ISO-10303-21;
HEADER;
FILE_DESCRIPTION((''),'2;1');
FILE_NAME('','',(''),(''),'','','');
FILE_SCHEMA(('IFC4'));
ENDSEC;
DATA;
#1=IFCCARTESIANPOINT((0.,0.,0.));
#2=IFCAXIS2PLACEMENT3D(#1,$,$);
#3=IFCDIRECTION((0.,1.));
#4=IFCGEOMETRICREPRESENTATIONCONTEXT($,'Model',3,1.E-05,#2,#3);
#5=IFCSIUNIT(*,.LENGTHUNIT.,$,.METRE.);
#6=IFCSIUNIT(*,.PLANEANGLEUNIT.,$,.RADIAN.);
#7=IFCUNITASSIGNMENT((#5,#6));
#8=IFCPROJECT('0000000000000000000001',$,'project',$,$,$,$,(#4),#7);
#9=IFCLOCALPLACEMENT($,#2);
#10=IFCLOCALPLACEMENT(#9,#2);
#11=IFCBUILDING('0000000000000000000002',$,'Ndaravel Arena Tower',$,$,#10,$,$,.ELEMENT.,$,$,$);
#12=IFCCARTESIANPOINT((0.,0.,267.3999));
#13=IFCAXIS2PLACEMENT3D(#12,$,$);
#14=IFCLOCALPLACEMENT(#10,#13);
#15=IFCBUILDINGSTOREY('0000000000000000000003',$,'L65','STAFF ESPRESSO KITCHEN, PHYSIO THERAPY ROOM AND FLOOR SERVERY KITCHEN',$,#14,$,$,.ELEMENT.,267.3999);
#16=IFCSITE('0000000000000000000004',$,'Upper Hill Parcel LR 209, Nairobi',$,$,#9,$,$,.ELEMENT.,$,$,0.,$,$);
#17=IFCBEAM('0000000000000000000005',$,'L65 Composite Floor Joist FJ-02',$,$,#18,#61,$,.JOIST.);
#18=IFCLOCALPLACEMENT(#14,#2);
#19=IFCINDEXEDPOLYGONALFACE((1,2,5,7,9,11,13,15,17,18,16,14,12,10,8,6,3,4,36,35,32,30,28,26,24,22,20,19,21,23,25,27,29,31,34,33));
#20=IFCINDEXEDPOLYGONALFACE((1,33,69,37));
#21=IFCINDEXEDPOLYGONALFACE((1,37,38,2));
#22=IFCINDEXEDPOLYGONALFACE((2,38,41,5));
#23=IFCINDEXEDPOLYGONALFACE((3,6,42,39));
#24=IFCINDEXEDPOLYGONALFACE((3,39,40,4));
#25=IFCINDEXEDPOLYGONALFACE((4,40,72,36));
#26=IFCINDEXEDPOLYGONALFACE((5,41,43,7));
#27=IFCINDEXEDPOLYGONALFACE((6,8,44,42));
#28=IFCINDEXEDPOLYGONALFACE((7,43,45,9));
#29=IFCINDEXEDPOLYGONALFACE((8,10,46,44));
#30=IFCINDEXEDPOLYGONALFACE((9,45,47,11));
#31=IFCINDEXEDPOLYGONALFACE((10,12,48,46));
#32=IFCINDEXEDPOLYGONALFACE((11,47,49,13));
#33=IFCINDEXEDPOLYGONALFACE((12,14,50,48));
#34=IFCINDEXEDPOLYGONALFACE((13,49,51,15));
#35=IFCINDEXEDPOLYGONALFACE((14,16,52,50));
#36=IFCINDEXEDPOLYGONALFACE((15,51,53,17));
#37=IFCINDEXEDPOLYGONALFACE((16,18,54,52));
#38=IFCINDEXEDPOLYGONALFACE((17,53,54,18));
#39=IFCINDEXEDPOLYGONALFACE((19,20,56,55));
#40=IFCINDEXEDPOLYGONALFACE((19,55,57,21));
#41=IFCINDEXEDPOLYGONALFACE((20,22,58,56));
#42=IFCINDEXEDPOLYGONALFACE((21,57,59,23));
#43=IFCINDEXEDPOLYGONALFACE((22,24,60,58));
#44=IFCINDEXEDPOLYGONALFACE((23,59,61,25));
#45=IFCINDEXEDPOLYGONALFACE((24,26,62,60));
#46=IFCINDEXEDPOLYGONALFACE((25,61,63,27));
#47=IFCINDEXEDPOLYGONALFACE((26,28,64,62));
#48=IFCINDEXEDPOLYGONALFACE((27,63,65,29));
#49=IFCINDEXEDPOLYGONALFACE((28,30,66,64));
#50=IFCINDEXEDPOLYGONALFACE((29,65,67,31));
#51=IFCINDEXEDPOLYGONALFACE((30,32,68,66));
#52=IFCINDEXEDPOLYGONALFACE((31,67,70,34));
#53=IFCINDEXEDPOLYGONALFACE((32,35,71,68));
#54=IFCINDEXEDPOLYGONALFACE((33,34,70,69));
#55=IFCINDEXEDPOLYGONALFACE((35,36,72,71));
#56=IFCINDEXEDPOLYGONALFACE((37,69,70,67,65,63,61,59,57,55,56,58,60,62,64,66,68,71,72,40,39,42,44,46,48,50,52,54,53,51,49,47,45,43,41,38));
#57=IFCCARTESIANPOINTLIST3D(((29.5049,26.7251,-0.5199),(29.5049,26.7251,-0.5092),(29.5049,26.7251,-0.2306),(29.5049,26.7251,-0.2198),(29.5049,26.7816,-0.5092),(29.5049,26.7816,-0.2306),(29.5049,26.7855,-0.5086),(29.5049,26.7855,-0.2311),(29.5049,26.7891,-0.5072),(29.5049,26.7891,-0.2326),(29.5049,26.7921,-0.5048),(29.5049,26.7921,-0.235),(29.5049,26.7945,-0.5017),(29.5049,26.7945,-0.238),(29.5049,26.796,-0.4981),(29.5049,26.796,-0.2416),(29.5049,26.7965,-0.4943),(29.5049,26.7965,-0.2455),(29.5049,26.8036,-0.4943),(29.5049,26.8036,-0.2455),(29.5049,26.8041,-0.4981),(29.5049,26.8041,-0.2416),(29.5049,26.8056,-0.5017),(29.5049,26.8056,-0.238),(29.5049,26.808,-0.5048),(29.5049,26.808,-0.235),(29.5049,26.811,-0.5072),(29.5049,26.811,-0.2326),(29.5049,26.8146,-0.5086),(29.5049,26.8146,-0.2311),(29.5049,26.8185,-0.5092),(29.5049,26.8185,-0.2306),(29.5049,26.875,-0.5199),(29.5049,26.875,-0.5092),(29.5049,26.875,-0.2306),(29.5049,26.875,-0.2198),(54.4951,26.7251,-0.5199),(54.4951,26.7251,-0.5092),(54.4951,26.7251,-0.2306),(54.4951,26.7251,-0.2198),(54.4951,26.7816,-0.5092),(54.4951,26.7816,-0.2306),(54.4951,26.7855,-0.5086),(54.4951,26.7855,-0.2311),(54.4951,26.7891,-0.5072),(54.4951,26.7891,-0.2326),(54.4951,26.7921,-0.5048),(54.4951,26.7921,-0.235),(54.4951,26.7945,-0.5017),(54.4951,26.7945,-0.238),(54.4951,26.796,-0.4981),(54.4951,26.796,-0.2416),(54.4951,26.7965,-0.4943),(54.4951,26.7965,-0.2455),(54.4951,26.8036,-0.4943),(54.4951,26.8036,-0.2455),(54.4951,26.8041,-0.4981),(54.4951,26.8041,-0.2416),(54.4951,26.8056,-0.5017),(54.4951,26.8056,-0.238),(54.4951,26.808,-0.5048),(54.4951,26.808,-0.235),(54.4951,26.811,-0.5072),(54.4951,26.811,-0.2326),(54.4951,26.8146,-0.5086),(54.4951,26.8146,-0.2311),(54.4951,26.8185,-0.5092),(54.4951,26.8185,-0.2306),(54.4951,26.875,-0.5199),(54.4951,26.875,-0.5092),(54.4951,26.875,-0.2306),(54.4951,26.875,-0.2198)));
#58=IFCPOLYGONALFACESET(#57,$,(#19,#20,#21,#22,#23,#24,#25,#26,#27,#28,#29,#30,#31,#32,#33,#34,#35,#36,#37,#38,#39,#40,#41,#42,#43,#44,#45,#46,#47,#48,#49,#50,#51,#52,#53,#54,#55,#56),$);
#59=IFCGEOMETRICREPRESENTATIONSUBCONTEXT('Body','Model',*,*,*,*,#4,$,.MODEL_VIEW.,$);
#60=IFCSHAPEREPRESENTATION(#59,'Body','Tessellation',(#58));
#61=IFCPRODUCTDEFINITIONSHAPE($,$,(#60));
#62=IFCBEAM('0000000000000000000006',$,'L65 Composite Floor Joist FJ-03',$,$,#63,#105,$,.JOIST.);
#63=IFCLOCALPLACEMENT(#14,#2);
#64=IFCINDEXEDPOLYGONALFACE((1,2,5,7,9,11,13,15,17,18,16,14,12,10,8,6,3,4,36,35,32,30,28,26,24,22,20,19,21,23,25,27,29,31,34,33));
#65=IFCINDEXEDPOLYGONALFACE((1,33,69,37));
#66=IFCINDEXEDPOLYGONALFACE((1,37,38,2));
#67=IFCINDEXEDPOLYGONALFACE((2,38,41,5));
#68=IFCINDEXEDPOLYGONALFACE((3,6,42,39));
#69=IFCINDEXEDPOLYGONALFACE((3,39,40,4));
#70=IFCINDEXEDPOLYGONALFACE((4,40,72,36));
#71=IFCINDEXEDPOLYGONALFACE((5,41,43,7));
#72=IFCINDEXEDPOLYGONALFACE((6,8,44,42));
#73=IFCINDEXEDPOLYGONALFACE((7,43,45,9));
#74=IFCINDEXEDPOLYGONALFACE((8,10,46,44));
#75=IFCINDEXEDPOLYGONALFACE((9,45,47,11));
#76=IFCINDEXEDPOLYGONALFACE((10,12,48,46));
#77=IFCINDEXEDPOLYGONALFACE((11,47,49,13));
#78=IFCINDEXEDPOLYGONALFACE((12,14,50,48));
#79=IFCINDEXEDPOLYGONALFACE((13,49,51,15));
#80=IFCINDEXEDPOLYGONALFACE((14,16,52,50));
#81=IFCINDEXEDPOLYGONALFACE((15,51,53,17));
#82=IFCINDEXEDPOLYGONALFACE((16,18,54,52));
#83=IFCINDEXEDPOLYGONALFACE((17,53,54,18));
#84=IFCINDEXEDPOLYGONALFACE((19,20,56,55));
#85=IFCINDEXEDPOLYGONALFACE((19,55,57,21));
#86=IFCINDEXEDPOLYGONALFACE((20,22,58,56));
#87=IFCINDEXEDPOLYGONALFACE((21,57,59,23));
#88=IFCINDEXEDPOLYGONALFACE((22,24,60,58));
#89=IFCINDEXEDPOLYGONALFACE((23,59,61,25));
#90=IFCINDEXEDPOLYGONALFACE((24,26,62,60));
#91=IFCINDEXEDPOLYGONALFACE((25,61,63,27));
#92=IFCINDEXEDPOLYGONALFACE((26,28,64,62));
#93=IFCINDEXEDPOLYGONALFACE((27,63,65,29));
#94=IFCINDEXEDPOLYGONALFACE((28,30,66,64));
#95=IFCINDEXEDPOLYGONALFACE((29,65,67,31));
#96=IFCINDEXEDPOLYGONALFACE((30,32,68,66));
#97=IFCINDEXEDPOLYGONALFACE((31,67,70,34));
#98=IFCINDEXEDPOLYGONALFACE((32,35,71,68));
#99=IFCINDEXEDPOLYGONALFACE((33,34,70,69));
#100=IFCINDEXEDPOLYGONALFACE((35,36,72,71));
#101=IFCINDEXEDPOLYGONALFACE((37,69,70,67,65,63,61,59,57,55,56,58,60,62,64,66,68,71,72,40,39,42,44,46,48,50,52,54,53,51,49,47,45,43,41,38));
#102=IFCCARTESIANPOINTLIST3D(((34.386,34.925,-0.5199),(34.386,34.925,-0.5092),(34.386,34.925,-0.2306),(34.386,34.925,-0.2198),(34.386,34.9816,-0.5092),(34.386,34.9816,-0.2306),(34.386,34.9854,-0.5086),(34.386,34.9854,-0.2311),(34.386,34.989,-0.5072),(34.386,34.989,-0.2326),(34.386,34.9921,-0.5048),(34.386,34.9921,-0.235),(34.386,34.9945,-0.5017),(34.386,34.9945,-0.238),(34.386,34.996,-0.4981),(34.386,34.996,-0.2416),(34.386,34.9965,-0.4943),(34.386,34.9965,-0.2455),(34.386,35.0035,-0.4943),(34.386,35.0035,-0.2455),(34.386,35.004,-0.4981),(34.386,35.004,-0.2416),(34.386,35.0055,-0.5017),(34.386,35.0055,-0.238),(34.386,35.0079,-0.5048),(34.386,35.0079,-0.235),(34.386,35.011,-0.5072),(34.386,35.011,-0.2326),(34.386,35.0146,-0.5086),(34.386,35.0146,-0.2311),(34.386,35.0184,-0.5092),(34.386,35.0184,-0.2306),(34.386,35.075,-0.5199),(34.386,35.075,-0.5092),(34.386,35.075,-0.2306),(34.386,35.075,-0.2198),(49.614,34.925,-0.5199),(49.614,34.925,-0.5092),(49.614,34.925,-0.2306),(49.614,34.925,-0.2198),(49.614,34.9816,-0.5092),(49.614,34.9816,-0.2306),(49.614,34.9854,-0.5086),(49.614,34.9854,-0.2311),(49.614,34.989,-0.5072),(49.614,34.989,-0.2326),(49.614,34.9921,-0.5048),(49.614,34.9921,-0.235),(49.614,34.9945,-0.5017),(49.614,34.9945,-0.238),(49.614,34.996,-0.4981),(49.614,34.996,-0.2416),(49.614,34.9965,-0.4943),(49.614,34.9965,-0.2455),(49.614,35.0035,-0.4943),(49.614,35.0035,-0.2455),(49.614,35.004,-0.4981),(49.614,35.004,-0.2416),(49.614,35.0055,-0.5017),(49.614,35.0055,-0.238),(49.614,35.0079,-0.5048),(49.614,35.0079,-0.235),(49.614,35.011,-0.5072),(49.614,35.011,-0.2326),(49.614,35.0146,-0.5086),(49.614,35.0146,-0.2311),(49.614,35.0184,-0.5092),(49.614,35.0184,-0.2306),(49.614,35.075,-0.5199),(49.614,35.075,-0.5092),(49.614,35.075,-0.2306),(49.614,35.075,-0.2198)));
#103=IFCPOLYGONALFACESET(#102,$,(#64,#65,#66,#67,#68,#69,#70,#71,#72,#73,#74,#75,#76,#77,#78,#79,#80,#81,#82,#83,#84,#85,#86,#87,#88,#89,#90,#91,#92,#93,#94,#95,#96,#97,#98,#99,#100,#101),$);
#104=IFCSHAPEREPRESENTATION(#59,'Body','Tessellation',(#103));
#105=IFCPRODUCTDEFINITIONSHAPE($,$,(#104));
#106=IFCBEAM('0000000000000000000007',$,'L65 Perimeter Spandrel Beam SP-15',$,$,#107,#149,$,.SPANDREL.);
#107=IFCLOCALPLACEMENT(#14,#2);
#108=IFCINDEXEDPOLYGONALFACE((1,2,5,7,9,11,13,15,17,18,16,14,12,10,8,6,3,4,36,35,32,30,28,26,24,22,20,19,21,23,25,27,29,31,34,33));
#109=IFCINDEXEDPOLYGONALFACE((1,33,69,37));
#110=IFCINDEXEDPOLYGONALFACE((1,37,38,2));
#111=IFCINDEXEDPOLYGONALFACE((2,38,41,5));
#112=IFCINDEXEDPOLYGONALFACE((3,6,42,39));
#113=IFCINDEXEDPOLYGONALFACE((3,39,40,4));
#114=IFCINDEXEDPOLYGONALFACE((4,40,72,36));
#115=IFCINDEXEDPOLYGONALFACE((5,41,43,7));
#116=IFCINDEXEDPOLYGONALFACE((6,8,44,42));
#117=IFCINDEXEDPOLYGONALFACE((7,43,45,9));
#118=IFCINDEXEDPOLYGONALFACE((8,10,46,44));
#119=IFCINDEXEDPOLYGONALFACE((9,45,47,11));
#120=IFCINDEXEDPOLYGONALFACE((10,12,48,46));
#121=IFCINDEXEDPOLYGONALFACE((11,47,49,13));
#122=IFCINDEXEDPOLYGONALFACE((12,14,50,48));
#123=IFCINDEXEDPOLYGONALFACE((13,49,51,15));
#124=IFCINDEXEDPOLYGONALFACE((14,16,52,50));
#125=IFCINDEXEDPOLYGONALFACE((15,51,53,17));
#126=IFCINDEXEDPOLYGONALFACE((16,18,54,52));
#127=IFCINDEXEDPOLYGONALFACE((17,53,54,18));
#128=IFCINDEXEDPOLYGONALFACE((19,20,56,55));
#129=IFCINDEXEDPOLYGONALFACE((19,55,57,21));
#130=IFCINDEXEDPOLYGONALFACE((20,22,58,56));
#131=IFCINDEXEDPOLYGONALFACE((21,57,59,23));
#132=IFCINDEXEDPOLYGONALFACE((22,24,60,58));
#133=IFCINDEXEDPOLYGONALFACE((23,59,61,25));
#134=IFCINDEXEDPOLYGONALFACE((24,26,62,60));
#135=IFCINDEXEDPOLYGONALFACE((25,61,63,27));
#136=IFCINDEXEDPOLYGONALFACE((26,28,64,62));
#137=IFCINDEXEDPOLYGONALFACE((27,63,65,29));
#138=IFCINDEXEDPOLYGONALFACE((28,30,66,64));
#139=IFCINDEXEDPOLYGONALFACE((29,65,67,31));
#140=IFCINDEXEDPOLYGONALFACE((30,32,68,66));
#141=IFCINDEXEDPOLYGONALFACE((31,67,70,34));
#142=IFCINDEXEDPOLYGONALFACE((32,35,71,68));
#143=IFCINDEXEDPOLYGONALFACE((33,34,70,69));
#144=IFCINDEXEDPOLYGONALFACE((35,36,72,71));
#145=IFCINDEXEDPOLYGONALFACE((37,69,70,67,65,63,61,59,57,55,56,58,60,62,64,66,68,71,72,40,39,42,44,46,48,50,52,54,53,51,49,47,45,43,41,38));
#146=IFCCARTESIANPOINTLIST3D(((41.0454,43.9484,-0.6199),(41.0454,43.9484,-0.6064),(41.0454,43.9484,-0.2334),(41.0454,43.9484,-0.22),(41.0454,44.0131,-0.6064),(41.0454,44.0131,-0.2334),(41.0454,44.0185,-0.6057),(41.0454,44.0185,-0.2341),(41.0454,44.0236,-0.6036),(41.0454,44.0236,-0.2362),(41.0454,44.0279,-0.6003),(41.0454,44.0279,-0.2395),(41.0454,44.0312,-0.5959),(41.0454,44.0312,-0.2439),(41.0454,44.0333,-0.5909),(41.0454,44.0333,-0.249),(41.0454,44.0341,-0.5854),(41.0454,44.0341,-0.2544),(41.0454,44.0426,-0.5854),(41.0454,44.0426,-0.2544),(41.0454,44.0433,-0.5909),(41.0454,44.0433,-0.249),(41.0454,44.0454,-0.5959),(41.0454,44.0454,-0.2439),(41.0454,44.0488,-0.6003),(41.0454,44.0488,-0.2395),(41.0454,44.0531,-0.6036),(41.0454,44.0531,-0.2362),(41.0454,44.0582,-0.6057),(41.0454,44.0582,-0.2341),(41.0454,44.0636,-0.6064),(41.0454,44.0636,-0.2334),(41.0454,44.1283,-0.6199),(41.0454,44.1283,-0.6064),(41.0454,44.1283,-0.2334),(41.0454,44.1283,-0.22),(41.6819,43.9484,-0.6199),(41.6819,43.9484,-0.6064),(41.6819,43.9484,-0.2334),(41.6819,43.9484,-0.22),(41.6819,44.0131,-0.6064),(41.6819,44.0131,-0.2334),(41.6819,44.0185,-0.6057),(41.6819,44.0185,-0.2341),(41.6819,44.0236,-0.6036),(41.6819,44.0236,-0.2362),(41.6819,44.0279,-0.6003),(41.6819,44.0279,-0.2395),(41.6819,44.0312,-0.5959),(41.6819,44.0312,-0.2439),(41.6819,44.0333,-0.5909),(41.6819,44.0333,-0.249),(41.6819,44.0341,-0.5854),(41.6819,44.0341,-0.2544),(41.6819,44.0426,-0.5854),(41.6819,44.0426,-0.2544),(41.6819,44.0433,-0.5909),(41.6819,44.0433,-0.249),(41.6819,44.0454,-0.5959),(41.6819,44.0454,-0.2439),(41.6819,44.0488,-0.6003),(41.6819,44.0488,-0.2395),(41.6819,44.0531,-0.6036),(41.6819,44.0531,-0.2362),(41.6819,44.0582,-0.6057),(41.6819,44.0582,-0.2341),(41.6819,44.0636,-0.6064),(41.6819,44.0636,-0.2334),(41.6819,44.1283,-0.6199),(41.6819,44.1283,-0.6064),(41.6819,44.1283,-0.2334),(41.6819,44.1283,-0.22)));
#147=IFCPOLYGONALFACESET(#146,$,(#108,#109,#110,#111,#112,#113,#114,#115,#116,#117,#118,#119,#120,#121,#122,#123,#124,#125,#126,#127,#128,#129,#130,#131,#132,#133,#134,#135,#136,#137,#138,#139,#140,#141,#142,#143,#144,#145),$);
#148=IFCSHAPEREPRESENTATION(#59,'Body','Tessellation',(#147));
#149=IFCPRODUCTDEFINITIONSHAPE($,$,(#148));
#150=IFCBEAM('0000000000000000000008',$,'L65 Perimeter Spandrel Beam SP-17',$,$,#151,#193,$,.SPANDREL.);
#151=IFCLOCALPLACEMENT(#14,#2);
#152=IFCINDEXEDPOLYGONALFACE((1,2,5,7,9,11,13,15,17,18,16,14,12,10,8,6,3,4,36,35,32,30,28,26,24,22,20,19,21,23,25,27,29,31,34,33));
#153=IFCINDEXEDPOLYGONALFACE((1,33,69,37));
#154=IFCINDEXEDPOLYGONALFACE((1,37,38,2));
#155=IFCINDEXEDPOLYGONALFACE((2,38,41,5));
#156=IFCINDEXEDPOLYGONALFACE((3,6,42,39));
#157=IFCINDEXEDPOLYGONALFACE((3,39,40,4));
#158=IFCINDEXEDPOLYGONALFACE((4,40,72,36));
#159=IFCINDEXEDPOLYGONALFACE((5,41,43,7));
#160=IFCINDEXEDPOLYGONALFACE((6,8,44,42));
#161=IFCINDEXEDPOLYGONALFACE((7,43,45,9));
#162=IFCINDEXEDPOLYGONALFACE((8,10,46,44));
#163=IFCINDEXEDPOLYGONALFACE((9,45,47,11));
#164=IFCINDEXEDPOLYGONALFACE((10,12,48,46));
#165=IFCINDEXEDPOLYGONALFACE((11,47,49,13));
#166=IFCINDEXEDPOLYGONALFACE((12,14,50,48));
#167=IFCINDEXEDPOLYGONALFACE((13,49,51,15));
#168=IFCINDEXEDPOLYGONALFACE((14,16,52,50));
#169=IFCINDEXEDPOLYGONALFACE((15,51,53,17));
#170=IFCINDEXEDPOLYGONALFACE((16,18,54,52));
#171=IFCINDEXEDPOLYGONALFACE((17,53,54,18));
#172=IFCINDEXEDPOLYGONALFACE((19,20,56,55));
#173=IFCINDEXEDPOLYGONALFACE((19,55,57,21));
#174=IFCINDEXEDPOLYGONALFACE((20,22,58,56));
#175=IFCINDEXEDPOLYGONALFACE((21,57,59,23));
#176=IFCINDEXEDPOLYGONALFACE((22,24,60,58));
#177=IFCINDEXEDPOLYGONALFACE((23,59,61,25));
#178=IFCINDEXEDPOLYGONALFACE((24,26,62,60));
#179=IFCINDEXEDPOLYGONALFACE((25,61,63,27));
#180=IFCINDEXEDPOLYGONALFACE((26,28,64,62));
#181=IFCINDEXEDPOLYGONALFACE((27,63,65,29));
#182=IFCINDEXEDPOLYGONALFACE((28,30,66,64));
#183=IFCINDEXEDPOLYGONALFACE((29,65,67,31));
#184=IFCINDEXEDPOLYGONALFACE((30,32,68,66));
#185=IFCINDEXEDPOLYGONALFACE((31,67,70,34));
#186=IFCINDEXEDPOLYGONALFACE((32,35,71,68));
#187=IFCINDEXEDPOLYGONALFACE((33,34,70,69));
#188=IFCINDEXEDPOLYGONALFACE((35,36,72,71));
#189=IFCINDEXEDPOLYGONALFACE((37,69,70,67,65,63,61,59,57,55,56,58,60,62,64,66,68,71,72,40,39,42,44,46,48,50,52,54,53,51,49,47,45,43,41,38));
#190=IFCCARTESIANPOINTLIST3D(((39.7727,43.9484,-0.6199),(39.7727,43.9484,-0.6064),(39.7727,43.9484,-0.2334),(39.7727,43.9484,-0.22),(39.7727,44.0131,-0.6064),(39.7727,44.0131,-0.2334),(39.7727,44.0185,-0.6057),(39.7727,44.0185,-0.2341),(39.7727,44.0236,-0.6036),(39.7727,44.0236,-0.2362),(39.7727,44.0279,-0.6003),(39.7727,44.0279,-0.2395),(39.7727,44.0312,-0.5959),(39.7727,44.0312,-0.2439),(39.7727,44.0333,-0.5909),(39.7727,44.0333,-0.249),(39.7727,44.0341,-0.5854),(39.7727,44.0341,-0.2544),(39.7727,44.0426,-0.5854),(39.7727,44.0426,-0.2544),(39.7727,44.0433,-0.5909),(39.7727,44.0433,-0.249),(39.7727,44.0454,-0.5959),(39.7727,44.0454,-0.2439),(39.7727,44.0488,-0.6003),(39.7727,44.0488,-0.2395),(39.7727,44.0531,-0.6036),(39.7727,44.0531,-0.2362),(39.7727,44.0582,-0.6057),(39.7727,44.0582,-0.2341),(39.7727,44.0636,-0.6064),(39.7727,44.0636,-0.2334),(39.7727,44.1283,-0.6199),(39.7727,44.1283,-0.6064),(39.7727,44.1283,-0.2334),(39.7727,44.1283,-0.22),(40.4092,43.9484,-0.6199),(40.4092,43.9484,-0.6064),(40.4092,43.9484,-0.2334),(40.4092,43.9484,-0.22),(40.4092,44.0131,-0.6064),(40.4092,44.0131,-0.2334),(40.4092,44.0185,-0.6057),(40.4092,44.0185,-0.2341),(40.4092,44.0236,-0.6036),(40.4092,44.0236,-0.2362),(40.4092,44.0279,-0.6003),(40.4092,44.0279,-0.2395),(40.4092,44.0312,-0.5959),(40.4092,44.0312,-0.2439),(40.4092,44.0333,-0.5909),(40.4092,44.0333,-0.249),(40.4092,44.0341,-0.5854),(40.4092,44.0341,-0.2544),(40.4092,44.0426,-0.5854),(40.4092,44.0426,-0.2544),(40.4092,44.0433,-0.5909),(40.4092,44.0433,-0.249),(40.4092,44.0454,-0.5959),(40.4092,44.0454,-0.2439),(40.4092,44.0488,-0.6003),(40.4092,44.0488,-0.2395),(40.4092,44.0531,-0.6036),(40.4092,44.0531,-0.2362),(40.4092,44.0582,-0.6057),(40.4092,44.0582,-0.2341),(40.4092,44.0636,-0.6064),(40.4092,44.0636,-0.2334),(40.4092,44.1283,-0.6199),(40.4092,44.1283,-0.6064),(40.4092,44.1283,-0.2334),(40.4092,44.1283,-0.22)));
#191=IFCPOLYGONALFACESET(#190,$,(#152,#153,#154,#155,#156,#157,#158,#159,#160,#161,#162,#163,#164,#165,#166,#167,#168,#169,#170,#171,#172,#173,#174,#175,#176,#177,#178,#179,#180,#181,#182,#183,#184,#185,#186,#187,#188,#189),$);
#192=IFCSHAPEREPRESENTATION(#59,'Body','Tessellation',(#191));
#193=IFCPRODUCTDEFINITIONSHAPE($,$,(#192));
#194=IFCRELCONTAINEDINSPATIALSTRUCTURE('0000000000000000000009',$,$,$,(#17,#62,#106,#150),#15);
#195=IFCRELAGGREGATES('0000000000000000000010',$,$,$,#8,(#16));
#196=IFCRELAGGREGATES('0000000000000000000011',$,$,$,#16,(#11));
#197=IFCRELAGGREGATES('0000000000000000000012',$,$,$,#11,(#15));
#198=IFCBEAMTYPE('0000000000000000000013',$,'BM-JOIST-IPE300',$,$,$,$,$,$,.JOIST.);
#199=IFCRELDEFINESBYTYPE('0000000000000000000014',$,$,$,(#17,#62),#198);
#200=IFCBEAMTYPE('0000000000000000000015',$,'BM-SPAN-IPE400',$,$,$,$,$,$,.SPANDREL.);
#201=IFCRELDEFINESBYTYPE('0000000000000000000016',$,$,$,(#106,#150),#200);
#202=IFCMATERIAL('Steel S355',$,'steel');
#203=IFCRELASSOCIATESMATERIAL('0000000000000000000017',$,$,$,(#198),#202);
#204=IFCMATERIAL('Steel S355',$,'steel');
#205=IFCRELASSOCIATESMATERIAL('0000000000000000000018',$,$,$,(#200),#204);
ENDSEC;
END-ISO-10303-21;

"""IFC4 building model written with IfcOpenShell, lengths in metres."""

from ifc_helpers import new_model, si_unit, direction, frame, origin, origin_2d, place, context, subcontext, project, spatial, i_section, extrude, material, material_profile, profile_set, type_object, element, save


model = new_model("IFC4")

# Units and contexts
model_context = context("Model", 3, precision=1e-05, world=origin(), true_north=direction((0.0, 1.0)))
body_context = subcontext(model_context, "Body", "Model", "MODEL_VIEW")
ifc_project = project(units=[si_unit("LENGTHUNIT", "METRE"), si_unit("PLANEANGLEUNIT", "RADIAN")], contexts=[model_context])

# Site, building, storey
site_placement = place(None, origin())
site = spatial("IfcSite", under=ifc_project, at=site_placement, Name="Upper Hill Parcel LR 209, Nairobi", CompositionType="ELEMENT", RefElevation=0.0)
building_placement = place(site_placement, origin())
building = spatial("IfcBuilding", under=site, at=building_placement, Name="Ndaravel Arena Tower", CompositionType="ELEMENT")
storey_placement = place(building_placement, frame((0.0, 0.0, 267.3999)))
storey = spatial("IfcBuildingStorey", under=building, at=storey_placement, Name="L65", Description="STAFF ESPRESSO KITCHEN, PHYSIO THERAPY ROOM AND FLOOR SERVERY KITCHEN", CompositionType="ELEMENT", Elevation=267.3999)

# Beams
ifc_material_1 = material(Name="Steel S355", Category="steel")
ifc_material_profile_1 = material_profile(ifc_material_1, i_section(OverallWidth=0.1499, OverallDepth=0.3, WebThickness=0.0071, FlangeThickness=0.0107, FilletRadius=0.0149, at=origin_2d()), Name="IPE 300")
ifc_profile_set_1 = profile_set([ifc_material_profile_1], Name="Steel S355")
beam_type_1 = type_object("IfcBeamType", Name="BM-JOIST-IPE300", PredefinedType="JOIST", material=ifc_profile_set_1)
beam_1_placement = place(storey_placement, frame((29.5049, 26.8, -0.3699), z_axis=(1.0, 0.0, 0.0), x_axis=(0.0, 1.0, 0.0)))
element("IfcBeam", 1, at=beam_1_placement, inside=storey, type_object=beam_type_1, Name="L65 Composite Floor Joist FJ-02", PredefinedType="JOIST", context=body_context, shape_type="SweptSolid", body=[
    extrude(i_section(OverallWidth=0.1499, OverallDepth=0.3, WebThickness=0.0071, FlangeThickness=0.0107, FilletRadius=0.0149, at=origin_2d()), origin(), (0.0, 0.0, 1.0), 24.9902),
])
beam_2_placement = place(storey_placement, frame((34.386, 35.0, -0.3699), z_axis=(1.0, 0.0, 0.0), x_axis=(0.0, 1.0, 0.0)))
element("IfcBeam", 2, at=beam_2_placement, inside=storey, type_object=beam_type_1, Name="L65 Composite Floor Joist FJ-03", PredefinedType="JOIST", context=body_context, shape_type="SweptSolid", body=[
    extrude(i_section(OverallWidth=0.1499, OverallDepth=0.3, WebThickness=0.0071, FlangeThickness=0.0107, FilletRadius=0.0149, at=origin_2d()), origin(), (0.0, 0.0, 1.0), 15.228),
])
ifc_material_2 = material(Name="Steel S355", Category="steel")
ifc_material_profile_2 = material_profile(ifc_material_2, i_section(OverallWidth=0.1799, OverallDepth=0.3999, WebThickness=0.0085, FlangeThickness=0.0134, FilletRadius=0.021, at=origin_2d()), Name="IPE 400")
ifc_profile_set_2 = profile_set([ifc_material_profile_2], Name="Steel S355")
beam_type_2 = type_object("IfcBeamType", Name="BM-SPAN-IPE400", PredefinedType="SPANDREL", material=ifc_profile_set_2)
for number, where, z_axis, x_axis, name in (
    (3, (41.6819, 44.0383, -0.4199), (-1.0, 0.0, 0.0), (0.0, -1.0, 0.0), "L65 Perimeter Spandrel Beam SP-15"),
    (4, (40.4092, 44.0383, -0.4199), (-1.0, 0.0, 0.0), (0.0, -1.0, 0.0), "L65 Perimeter Spandrel Beam SP-17"),
):
    element("IfcBeam", number, at=place(storey_placement, frame(where, z_axis=z_axis, x_axis=x_axis)), inside=storey, type_object=beam_type_2, Name=name, PredefinedType="SPANDREL", context=body_context, shape_type="SweptSolid", body=[
        extrude(i_section(OverallWidth=0.1799, OverallDepth=0.3999, WebThickness=0.0085, FlangeThickness=0.0134, FilletRadius=0.021, at=origin_2d()), origin(), (0.0, 0.0, 1.0), 0.6365),
    ])

save(model, "model.ifc")
